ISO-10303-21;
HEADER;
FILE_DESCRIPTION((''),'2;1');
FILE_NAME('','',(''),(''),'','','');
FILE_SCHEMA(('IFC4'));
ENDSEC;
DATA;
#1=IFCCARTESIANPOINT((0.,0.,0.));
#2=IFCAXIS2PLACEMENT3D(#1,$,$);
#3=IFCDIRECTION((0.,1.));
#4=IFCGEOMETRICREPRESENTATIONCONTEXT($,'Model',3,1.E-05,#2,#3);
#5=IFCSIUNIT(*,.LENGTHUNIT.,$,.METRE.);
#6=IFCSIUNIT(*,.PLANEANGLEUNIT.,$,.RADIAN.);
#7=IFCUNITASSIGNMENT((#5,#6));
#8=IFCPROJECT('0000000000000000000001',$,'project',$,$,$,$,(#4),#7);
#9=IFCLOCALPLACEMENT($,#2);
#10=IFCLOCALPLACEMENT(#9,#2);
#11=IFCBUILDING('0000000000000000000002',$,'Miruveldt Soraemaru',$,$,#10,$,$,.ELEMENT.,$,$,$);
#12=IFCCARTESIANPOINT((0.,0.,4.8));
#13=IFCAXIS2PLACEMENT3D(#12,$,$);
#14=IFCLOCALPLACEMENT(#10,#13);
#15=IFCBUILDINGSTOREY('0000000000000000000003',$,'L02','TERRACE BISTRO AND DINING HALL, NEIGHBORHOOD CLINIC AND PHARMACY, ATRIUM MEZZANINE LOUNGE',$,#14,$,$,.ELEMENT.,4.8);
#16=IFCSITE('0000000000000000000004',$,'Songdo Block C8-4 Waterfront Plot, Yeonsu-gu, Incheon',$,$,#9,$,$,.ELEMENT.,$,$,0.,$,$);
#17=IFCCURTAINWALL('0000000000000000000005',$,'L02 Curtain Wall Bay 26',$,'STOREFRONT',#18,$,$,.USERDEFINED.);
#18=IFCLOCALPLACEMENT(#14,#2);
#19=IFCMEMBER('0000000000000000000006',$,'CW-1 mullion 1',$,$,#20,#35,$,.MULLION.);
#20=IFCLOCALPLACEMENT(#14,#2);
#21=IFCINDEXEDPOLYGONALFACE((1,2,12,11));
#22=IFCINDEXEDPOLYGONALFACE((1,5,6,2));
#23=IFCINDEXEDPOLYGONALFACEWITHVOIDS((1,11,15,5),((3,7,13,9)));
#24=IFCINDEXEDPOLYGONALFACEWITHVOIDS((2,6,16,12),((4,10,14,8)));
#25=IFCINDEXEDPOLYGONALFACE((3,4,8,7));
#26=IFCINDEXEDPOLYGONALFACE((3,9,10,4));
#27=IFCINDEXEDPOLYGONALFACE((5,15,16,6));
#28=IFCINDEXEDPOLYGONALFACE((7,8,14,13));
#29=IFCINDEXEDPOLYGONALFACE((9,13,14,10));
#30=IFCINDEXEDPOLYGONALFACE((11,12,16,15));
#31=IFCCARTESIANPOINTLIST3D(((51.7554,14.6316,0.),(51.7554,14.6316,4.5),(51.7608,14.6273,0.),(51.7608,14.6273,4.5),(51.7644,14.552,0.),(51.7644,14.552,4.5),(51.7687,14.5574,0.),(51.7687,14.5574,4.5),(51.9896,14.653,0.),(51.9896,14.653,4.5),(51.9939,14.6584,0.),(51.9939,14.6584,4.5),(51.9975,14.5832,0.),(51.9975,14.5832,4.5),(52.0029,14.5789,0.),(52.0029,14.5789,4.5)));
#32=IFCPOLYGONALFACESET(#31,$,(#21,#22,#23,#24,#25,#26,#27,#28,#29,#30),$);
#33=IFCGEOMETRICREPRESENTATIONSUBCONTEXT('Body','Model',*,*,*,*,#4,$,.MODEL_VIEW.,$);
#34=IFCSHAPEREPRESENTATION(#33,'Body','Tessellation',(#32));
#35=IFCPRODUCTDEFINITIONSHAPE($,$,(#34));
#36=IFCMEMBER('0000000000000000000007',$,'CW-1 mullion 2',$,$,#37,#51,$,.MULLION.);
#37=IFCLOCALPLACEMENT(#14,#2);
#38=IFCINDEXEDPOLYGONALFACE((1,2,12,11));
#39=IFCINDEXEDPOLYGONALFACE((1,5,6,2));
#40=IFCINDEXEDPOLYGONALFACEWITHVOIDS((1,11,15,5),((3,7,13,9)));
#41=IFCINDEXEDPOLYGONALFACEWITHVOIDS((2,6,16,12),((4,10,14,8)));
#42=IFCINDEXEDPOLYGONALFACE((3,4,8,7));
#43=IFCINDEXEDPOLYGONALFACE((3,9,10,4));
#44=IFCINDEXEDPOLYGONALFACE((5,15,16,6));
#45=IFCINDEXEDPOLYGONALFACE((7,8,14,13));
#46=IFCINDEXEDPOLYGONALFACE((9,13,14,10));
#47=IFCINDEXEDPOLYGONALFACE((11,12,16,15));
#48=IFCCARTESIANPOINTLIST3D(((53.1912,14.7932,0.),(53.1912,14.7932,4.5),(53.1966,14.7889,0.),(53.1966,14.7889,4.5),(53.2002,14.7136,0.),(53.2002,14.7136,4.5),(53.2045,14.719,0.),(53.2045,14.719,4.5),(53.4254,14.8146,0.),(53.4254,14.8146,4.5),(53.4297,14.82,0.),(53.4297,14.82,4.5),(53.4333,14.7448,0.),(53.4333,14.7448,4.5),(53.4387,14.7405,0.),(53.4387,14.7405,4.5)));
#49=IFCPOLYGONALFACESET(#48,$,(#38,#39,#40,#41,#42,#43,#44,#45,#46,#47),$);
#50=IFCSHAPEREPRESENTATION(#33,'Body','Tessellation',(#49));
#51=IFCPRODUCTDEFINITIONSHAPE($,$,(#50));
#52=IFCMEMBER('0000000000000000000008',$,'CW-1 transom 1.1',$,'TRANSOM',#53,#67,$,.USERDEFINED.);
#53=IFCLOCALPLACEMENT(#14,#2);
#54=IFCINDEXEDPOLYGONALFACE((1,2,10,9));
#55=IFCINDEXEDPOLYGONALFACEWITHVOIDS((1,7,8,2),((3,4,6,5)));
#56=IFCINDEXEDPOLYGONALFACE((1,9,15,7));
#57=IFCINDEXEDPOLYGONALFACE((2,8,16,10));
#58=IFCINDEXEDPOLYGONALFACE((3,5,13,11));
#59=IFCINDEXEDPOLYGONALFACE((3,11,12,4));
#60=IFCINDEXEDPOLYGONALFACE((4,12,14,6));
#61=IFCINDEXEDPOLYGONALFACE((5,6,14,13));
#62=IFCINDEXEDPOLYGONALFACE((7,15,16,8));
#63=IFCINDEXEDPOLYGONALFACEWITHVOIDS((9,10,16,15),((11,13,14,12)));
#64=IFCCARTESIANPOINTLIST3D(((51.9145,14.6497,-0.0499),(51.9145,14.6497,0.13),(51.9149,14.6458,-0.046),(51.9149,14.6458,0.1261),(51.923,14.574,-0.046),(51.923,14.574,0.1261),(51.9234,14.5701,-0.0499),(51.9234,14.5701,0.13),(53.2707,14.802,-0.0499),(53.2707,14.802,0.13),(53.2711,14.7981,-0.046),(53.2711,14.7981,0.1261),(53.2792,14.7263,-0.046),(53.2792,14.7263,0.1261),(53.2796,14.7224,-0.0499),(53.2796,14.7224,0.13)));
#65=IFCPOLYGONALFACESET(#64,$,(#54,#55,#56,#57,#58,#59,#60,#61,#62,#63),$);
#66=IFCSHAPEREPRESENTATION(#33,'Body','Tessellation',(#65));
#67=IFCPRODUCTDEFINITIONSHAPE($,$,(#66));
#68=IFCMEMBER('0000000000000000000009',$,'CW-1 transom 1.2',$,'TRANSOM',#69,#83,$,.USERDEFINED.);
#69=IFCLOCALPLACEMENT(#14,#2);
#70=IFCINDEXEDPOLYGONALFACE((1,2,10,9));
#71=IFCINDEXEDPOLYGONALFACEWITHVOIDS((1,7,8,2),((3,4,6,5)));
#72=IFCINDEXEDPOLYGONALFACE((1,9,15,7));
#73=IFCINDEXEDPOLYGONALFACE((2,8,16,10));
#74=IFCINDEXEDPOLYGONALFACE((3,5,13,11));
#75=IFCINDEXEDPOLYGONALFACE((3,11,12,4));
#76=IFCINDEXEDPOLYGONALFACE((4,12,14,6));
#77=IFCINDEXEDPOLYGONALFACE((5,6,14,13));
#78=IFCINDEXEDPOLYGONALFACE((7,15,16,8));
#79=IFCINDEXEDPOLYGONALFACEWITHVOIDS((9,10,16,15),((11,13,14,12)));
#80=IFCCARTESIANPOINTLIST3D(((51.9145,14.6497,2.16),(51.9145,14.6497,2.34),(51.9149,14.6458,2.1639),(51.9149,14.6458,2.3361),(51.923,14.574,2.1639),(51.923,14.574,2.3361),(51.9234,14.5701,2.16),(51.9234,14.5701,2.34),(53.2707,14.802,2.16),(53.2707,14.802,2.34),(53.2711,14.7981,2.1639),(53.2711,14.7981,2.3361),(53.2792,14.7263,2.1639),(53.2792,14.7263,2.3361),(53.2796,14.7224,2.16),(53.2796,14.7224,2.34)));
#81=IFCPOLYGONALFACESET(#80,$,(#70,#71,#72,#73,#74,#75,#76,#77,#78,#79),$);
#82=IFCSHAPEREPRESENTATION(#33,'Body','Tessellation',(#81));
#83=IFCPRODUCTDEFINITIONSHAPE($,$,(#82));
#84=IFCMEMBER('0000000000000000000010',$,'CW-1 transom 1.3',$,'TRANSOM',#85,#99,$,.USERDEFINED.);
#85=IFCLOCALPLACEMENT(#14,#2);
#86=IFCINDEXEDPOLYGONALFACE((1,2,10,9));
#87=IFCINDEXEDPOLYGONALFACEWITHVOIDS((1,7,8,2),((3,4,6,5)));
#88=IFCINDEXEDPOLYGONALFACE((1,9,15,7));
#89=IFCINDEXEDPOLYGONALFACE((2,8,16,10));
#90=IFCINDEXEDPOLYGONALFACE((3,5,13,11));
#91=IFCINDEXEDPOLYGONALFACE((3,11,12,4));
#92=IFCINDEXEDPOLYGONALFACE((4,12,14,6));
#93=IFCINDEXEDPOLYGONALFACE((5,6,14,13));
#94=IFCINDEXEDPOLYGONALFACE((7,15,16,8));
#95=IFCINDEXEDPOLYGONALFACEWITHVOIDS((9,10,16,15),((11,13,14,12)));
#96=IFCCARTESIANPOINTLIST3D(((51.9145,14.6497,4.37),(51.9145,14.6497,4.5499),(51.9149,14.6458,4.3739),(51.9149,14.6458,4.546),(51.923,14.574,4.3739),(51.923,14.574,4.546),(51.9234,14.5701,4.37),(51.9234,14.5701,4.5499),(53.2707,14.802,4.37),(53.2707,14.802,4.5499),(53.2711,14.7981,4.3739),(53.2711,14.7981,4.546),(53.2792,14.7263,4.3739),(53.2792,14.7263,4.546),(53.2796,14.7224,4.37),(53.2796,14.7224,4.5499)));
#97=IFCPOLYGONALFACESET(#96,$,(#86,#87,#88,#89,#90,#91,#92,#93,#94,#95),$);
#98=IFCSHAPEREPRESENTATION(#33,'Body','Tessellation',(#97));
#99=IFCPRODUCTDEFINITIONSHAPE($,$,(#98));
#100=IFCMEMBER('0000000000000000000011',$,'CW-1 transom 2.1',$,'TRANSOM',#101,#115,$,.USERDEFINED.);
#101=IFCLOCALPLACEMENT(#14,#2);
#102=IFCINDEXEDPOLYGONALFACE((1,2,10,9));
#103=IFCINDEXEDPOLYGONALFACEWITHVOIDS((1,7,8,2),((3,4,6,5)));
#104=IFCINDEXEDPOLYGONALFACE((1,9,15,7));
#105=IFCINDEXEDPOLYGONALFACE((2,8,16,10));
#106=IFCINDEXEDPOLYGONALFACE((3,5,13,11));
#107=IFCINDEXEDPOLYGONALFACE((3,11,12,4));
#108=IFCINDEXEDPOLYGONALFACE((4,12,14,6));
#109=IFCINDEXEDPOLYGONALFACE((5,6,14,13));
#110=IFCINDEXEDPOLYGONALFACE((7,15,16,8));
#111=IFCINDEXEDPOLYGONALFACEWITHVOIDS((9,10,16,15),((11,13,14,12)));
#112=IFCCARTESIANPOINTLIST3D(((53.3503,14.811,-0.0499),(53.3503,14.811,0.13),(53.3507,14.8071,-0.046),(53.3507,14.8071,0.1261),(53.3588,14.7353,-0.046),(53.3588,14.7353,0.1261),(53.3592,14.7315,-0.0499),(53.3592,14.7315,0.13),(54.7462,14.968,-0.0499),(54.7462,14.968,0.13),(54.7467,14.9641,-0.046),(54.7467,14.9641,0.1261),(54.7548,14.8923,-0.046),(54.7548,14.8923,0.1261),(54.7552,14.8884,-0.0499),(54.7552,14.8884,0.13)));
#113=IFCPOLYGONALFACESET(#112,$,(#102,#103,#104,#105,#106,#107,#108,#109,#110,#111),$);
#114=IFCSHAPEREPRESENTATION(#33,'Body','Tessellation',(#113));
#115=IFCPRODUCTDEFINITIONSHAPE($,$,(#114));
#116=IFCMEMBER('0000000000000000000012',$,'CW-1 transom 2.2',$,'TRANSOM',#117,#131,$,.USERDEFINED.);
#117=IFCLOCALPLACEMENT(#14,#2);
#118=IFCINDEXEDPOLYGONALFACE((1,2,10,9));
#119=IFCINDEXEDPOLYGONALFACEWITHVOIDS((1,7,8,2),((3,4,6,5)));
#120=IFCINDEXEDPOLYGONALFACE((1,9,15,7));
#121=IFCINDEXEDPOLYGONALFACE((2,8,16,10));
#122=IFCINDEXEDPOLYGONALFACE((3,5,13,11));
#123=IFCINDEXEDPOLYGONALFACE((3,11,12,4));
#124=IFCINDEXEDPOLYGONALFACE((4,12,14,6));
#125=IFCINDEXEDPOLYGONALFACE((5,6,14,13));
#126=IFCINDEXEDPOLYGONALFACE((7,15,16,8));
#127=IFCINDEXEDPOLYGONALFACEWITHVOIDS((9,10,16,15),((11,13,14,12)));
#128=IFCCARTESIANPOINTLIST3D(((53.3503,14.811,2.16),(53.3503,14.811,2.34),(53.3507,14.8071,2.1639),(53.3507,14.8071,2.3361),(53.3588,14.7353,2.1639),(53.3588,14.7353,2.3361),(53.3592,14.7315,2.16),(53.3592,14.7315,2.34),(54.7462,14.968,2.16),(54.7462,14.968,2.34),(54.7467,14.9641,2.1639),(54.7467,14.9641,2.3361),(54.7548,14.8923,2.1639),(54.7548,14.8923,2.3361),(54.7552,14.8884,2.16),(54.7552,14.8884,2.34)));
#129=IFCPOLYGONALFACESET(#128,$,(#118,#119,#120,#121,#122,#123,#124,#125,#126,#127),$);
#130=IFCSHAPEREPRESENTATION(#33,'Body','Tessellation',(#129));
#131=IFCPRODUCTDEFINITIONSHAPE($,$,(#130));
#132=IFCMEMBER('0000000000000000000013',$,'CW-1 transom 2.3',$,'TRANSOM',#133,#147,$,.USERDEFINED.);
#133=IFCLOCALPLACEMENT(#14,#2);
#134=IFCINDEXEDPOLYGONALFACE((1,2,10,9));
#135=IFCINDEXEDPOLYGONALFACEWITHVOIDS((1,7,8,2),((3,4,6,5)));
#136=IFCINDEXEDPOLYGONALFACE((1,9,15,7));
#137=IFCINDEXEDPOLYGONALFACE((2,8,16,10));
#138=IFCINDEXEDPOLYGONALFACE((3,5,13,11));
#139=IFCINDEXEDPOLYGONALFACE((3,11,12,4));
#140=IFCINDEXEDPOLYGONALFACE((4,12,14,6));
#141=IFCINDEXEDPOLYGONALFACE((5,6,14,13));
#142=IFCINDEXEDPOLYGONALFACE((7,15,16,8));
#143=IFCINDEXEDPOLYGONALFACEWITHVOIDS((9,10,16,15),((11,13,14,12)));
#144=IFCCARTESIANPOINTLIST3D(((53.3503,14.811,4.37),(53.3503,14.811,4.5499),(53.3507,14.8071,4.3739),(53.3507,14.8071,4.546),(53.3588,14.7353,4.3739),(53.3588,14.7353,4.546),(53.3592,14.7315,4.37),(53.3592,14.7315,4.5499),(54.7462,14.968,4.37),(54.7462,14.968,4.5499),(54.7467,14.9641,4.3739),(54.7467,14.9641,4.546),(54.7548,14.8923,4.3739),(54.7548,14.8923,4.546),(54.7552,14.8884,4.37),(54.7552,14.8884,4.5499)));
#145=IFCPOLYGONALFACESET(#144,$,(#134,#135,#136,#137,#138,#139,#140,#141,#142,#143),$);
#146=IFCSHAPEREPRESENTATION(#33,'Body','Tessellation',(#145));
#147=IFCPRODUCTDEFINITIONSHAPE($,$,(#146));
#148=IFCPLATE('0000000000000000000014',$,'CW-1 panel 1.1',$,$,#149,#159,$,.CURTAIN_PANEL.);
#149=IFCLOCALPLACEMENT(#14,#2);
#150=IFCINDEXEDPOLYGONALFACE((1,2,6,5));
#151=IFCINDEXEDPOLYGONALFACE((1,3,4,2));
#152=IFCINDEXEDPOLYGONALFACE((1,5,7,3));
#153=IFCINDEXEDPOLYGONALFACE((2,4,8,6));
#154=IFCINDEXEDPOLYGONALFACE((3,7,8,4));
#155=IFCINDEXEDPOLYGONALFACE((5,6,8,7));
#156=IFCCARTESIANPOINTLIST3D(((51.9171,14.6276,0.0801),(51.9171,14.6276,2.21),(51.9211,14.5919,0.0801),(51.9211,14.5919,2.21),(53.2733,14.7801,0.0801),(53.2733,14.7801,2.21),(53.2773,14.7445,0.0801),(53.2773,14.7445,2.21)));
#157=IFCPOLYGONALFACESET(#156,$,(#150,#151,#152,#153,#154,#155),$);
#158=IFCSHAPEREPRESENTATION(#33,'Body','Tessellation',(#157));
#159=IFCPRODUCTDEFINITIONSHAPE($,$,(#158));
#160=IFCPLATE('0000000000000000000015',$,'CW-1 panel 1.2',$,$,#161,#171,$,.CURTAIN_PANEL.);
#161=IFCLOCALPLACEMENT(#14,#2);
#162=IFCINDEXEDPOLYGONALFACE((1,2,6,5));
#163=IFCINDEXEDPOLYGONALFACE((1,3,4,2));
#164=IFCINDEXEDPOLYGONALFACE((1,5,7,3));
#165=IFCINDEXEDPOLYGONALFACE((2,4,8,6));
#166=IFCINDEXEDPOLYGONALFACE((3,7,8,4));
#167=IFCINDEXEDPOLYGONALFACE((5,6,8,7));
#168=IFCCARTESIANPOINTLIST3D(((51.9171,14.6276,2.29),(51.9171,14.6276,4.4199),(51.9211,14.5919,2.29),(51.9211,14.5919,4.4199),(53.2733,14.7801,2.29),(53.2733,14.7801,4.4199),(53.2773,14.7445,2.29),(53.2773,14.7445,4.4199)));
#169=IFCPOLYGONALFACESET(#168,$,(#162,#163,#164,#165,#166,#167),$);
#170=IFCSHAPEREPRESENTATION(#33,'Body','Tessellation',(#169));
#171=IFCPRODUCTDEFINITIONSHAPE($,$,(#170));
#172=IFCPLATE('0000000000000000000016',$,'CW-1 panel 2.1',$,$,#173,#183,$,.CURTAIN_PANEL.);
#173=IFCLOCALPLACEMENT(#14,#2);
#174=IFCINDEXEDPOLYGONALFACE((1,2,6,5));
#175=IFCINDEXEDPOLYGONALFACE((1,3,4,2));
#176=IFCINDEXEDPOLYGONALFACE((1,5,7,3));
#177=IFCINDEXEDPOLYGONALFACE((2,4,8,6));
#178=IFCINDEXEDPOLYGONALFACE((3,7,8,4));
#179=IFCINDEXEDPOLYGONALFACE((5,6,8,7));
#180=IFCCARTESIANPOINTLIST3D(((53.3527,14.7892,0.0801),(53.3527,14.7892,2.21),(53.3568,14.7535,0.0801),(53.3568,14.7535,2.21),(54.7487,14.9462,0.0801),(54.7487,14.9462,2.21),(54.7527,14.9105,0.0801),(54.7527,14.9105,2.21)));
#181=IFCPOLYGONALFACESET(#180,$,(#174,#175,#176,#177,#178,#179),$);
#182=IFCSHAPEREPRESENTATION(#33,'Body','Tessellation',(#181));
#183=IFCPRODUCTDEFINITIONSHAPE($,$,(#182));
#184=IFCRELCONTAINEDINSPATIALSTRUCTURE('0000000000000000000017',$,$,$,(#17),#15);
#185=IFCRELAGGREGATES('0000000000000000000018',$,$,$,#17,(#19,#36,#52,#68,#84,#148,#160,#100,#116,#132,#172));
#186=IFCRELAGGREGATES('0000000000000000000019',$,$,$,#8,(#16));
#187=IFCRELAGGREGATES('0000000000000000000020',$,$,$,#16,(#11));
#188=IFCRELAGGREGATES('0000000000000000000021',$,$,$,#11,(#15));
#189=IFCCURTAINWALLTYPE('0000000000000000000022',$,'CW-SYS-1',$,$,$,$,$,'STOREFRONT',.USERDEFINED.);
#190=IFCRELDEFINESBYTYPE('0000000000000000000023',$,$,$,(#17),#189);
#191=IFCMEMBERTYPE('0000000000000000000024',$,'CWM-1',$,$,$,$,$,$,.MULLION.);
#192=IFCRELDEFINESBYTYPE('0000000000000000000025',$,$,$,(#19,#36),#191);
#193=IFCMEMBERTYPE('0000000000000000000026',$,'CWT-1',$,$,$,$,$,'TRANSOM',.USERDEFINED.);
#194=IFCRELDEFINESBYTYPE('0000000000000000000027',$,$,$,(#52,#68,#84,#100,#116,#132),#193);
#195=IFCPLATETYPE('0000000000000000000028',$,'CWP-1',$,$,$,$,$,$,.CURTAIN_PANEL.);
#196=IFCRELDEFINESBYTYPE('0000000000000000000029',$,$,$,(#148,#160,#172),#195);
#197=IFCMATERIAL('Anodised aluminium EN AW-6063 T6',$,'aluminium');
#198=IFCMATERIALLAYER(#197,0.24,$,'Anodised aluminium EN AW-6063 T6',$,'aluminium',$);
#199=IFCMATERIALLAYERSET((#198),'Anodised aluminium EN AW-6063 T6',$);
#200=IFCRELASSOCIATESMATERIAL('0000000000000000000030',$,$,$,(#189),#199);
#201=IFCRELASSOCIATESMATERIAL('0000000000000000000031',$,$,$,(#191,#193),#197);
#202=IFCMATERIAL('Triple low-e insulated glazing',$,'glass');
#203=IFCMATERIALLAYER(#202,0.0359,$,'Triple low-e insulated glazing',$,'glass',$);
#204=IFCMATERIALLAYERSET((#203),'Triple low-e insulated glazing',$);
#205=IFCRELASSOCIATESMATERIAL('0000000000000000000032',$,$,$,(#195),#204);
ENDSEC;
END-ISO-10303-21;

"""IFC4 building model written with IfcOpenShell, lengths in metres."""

from ifc_helpers import new_model, si_unit, direction, frame, origin, origin_2d, place, context, subcontext, project, spatial, rectangle, hollow_rectangle, extrude, material, layer, layer_set, material_profile, profile_set, type_object, element, aggregate, save


model = new_model("IFC4")

# Units and contexts
model_context = context("Model", 3, precision=1e-05, world=origin(), true_north=direction((0.0, 1.0)))
body_context = subcontext(model_context, "Body", "Model", "MODEL_VIEW")
ifc_project = project(units=[si_unit("LENGTHUNIT", "METRE"), si_unit("PLANEANGLEUNIT", "RADIAN")], contexts=[model_context])

# Site, building, storey
site_placement = place(None, origin())
site = spatial("IfcSite", under=ifc_project, at=site_placement, Name="Songdo Block C8-4 Waterfront Plot, Yeonsu-gu, Incheon", CompositionType="ELEMENT", RefElevation=0.0)
building_placement = place(site_placement, origin())
building = spatial("IfcBuilding", under=site, at=building_placement, Name="Miruveldt Soraemaru", CompositionType="ELEMENT")
storey_placement = place(building_placement, frame((0.0, 0.0, 4.8)))
storey = spatial("IfcBuildingStorey", under=building, at=storey_placement, Name="L02", Description="TERRACE BISTRO AND DINING HALL, NEIGHBORHOOD CLINIC AND PHARMACY, ATRIUM MEZZANINE LOUNGE", CompositionType="ELEMENT", Elevation=4.8)

# Curtain wall, members, plates
ifc_material_1 = material(Name="Anodised aluminium EN AW-6063 T6", Category="aluminium")
ifc_layer_1 = layer(ifc_material_1, 0.24, Name="Anodised aluminium EN AW-6063 T6", Category="aluminium")
ifc_layer_set_1 = layer_set([ifc_layer_1], Name="Anodised aluminium EN AW-6063 T6")
curtain_wall_type = type_object("IfcCurtainWallType", Name="CW-SYS-1", ElementType="STOREFRONT", PredefinedType="USERDEFINED", material=ifc_layer_set_1)
curtain_wall_placement = place(storey_placement, origin())
curtain_wall = element("IfcCurtainWall", 1, at=curtain_wall_placement, inside=storey, type_object=curtain_wall_type, Name="L02 Curtain Wall Bay 26", ObjectType="STOREFRONT", PredefinedType="USERDEFINED")
ifc_material_profile_1 = material_profile(ifc_material_1, hollow_rectangle(XDim=0.0801, YDim=0.24, WallThickness=0.0049, at=origin_2d()), Name="Anodised aluminium EN AW-6063 T6", Category="aluminium")
ifc_profile_set_1 = profile_set([ifc_material_profile_1], Name="Anodised aluminium EN AW-6063 T6")
member_type_1 = type_object("IfcMemberType", Name="CWM-1", PredefinedType="MULLION", material=ifc_profile_set_1)
member_1_placement = place(storey_placement, frame((51.8792, 14.6052, 0.0), z_axis=(0.0, 0.0, 1.0), x_axis=(-0.111786, 0.993732, 0.0)))
member_1 = element("IfcMember", 2, at=member_1_placement, type_object=member_type_1, Name="CW-1 mullion 1", PredefinedType="MULLION", context=body_context, shape_type="SweptSolid", body=[
    extrude(hollow_rectangle(XDim=0.0801, YDim=0.24, WallThickness=0.0049, at=origin_2d()), origin(), (0.0, 0.0, 1.0), 4.5),
])
member_2_placement = place(storey_placement, frame((53.3149, 14.7668, 0.0), z_axis=(0.0, 0.0, 1.0), x_axis=(-0.111786, 0.993732, 0.0)))
member_2 = element("IfcMember", 3, at=member_2_placement, type_object=member_type_1, Name="CW-1 mullion 2", PredefinedType="MULLION", context=body_context, shape_type="SweptSolid", body=[
    extrude(hollow_rectangle(XDim=0.0801, YDim=0.24, WallThickness=0.0049, at=origin_2d()), origin(), (0.0, 0.0, 1.0), 4.5),
])
ifc_material_profile_2 = material_profile(ifc_material_1, hollow_rectangle(XDim=0.0801, YDim=0.1799, WallThickness=0.0039, at=origin_2d()), Name="Anodised aluminium EN AW-6063 T6", Category="aluminium")
ifc_profile_set_2 = profile_set([ifc_material_profile_2], Name="Anodised aluminium EN AW-6063 T6")
member_type_2 = type_object("IfcMemberType", Name="CWT-1", ElementType="TRANSOM", PredefinedType="USERDEFINED", material=ifc_profile_set_2)
member_3_placement = place(storey_placement, frame((51.9189, 14.6099, 0.04), z_axis=(0.99375, 0.111629, 0.0), x_axis=(-0.111629, 0.99375, 0.0)))
member_3 = element("IfcMember", 4, at=member_3_placement, type_object=member_type_2, Name="CW-1 transom 1.1", ObjectType="TRANSOM", PredefinedType="USERDEFINED", context=body_context, shape_type="SweptSolid", body=[
    extrude(hollow_rectangle(XDim=0.0801, YDim=0.1799, WallThickness=0.0039, at=origin_2d()), origin(), (0.0, 0.0, 1.0), 1.3647),
])
member_4_placement = place(storey_placement, frame((51.9189, 14.6099, 2.25), z_axis=(0.99375, 0.111629, 0.0), x_axis=(-0.111629, 0.99375, 0.0)))
member_4 = element("IfcMember", 5, at=member_4_placement, type_object=member_type_2, Name="CW-1 transom 1.2", ObjectType="TRANSOM", PredefinedType="USERDEFINED", context=body_context, shape_type="SweptSolid", body=[
    extrude(hollow_rectangle(XDim=0.0801, YDim=0.1799, WallThickness=0.0039, at=origin_2d()), origin(), (0.0, 0.0, 1.0), 1.3647),
])
member_5_placement = place(storey_placement, frame((51.9189, 14.6099, 4.46), z_axis=(0.99375, 0.111629, 0.0), x_axis=(-0.111629, 0.99375, 0.0)))
member_5 = element("IfcMember", 6, at=member_5_placement, type_object=member_type_2, Name="CW-1 transom 1.3", ObjectType="TRANSOM", PredefinedType="USERDEFINED", context=body_context, shape_type="SweptSolid", body=[
    extrude(hollow_rectangle(XDim=0.0801, YDim=0.1799, WallThickness=0.0039, at=origin_2d()), origin(), (0.0, 0.0, 1.0), 1.3647),
])
member_6_placement = place(storey_placement, frame((53.3547, 14.7712, 0.04), z_axis=(0.993737, 0.111748, 0.0), x_axis=(-0.111748, 0.993737, 0.0)))
member_6 = element("IfcMember", 7, at=member_6_placement, type_object=member_type_2, Name="CW-1 transom 2.1", ObjectType="TRANSOM", PredefinedType="USERDEFINED", context=body_context, shape_type="SweptSolid", body=[
    extrude(hollow_rectangle(XDim=0.0801, YDim=0.1799, WallThickness=0.0039, at=origin_2d()), origin(), (0.0, 0.0, 1.0), 1.4048),
])
member_7_placement = place(storey_placement, frame((53.3547, 14.7712, 2.25), z_axis=(0.993737, 0.111748, 0.0), x_axis=(-0.111748, 0.993737, 0.0)))
member_7 = element("IfcMember", 8, at=member_7_placement, type_object=member_type_2, Name="CW-1 transom 2.2", ObjectType="TRANSOM", PredefinedType="USERDEFINED", context=body_context, shape_type="SweptSolid", body=[
    extrude(hollow_rectangle(XDim=0.0801, YDim=0.1799, WallThickness=0.0039, at=origin_2d()), origin(), (0.0, 0.0, 1.0), 1.4048),
])
member_8_placement = place(storey_placement, frame((53.3547, 14.7712, 4.46), z_axis=(0.993737, 0.111748, 0.0), x_axis=(-0.111748, 0.993737, 0.0)))
member_8 = element("IfcMember", 9, at=member_8_placement, type_object=member_type_2, Name="CW-1 transom 2.3", ObjectType="TRANSOM", PredefinedType="USERDEFINED", context=body_context, shape_type="SweptSolid", body=[
    extrude(hollow_rectangle(XDim=0.0801, YDim=0.1799, WallThickness=0.0039, at=origin_2d()), origin(), (0.0, 0.0, 1.0), 1.4048),
])
ifc_material_2 = material(Name="Triple low-e insulated glazing", Category="glass")
ifc_layer_2 = layer(ifc_material_2, 0.0359, Name="Triple low-e insulated glazing", Category="glass")
ifc_layer_set_2 = layer_set([ifc_layer_2], Name="Triple low-e insulated glazing")
plate_type_1 = type_object("IfcPlateType", Name="CWP-1", PredefinedType="CURTAIN_PANEL", material=ifc_layer_set_2)
plate_1_placement = place(storey_placement, frame((52.5972, 14.686, 0.0801), z_axis=(0.0, 0.0, 1.0), x_axis=(0.993732, 0.111786, 0.0)))
plate_1 = element("IfcPlate", 10, at=plate_1_placement, type_object=plate_type_1, Name="CW-1 panel 1.1", PredefinedType="CURTAIN_PANEL", context=body_context, shape_type="SweptSolid", body=[
    extrude(rectangle(XDim=1.3647, YDim=0.0359, at=origin_2d()), origin(), (0.0, 0.0, 1.0), 2.1299),
])
plate_2_placement = place(storey_placement, frame((52.5972, 14.686, 2.29), z_axis=(0.0, 0.0, 1.0), x_axis=(0.993732, 0.111786, 0.0)))
plate_2 = element("IfcPlate", 11, at=plate_2_placement, type_object=plate_type_1, Name="CW-1 panel 1.2", PredefinedType="CURTAIN_PANEL", context=body_context, shape_type="SweptSolid", body=[
    extrude(rectangle(XDim=1.3647, YDim=0.0359, at=origin_2d()), origin(), (0.0, 0.0, 1.0), 2.1299),
])
plate_3_placement = place(storey_placement, frame((54.0527, 14.8499, 0.0801), z_axis=(0.0, 0.0, 1.0), x_axis=(0.993732, 0.111786, 0.0)))
plate_3 = element("IfcPlate", 12, at=plate_3_placement, type_object=plate_type_1, Name="CW-1 panel 2.1", PredefinedType="CURTAIN_PANEL", context=body_context, shape_type="SweptSolid", body=[
    extrude(rectangle(XDim=1.4048, YDim=0.0359, at=origin_2d()), origin(), (0.0, 0.0, 1.0), 2.1299),
])
aggregate(curtain_wall, [member_1, member_2, member_3, member_4, member_5, plate_1, plate_2, member_6, member_7, member_8, plate_3])

save(model, "model.ifc")
